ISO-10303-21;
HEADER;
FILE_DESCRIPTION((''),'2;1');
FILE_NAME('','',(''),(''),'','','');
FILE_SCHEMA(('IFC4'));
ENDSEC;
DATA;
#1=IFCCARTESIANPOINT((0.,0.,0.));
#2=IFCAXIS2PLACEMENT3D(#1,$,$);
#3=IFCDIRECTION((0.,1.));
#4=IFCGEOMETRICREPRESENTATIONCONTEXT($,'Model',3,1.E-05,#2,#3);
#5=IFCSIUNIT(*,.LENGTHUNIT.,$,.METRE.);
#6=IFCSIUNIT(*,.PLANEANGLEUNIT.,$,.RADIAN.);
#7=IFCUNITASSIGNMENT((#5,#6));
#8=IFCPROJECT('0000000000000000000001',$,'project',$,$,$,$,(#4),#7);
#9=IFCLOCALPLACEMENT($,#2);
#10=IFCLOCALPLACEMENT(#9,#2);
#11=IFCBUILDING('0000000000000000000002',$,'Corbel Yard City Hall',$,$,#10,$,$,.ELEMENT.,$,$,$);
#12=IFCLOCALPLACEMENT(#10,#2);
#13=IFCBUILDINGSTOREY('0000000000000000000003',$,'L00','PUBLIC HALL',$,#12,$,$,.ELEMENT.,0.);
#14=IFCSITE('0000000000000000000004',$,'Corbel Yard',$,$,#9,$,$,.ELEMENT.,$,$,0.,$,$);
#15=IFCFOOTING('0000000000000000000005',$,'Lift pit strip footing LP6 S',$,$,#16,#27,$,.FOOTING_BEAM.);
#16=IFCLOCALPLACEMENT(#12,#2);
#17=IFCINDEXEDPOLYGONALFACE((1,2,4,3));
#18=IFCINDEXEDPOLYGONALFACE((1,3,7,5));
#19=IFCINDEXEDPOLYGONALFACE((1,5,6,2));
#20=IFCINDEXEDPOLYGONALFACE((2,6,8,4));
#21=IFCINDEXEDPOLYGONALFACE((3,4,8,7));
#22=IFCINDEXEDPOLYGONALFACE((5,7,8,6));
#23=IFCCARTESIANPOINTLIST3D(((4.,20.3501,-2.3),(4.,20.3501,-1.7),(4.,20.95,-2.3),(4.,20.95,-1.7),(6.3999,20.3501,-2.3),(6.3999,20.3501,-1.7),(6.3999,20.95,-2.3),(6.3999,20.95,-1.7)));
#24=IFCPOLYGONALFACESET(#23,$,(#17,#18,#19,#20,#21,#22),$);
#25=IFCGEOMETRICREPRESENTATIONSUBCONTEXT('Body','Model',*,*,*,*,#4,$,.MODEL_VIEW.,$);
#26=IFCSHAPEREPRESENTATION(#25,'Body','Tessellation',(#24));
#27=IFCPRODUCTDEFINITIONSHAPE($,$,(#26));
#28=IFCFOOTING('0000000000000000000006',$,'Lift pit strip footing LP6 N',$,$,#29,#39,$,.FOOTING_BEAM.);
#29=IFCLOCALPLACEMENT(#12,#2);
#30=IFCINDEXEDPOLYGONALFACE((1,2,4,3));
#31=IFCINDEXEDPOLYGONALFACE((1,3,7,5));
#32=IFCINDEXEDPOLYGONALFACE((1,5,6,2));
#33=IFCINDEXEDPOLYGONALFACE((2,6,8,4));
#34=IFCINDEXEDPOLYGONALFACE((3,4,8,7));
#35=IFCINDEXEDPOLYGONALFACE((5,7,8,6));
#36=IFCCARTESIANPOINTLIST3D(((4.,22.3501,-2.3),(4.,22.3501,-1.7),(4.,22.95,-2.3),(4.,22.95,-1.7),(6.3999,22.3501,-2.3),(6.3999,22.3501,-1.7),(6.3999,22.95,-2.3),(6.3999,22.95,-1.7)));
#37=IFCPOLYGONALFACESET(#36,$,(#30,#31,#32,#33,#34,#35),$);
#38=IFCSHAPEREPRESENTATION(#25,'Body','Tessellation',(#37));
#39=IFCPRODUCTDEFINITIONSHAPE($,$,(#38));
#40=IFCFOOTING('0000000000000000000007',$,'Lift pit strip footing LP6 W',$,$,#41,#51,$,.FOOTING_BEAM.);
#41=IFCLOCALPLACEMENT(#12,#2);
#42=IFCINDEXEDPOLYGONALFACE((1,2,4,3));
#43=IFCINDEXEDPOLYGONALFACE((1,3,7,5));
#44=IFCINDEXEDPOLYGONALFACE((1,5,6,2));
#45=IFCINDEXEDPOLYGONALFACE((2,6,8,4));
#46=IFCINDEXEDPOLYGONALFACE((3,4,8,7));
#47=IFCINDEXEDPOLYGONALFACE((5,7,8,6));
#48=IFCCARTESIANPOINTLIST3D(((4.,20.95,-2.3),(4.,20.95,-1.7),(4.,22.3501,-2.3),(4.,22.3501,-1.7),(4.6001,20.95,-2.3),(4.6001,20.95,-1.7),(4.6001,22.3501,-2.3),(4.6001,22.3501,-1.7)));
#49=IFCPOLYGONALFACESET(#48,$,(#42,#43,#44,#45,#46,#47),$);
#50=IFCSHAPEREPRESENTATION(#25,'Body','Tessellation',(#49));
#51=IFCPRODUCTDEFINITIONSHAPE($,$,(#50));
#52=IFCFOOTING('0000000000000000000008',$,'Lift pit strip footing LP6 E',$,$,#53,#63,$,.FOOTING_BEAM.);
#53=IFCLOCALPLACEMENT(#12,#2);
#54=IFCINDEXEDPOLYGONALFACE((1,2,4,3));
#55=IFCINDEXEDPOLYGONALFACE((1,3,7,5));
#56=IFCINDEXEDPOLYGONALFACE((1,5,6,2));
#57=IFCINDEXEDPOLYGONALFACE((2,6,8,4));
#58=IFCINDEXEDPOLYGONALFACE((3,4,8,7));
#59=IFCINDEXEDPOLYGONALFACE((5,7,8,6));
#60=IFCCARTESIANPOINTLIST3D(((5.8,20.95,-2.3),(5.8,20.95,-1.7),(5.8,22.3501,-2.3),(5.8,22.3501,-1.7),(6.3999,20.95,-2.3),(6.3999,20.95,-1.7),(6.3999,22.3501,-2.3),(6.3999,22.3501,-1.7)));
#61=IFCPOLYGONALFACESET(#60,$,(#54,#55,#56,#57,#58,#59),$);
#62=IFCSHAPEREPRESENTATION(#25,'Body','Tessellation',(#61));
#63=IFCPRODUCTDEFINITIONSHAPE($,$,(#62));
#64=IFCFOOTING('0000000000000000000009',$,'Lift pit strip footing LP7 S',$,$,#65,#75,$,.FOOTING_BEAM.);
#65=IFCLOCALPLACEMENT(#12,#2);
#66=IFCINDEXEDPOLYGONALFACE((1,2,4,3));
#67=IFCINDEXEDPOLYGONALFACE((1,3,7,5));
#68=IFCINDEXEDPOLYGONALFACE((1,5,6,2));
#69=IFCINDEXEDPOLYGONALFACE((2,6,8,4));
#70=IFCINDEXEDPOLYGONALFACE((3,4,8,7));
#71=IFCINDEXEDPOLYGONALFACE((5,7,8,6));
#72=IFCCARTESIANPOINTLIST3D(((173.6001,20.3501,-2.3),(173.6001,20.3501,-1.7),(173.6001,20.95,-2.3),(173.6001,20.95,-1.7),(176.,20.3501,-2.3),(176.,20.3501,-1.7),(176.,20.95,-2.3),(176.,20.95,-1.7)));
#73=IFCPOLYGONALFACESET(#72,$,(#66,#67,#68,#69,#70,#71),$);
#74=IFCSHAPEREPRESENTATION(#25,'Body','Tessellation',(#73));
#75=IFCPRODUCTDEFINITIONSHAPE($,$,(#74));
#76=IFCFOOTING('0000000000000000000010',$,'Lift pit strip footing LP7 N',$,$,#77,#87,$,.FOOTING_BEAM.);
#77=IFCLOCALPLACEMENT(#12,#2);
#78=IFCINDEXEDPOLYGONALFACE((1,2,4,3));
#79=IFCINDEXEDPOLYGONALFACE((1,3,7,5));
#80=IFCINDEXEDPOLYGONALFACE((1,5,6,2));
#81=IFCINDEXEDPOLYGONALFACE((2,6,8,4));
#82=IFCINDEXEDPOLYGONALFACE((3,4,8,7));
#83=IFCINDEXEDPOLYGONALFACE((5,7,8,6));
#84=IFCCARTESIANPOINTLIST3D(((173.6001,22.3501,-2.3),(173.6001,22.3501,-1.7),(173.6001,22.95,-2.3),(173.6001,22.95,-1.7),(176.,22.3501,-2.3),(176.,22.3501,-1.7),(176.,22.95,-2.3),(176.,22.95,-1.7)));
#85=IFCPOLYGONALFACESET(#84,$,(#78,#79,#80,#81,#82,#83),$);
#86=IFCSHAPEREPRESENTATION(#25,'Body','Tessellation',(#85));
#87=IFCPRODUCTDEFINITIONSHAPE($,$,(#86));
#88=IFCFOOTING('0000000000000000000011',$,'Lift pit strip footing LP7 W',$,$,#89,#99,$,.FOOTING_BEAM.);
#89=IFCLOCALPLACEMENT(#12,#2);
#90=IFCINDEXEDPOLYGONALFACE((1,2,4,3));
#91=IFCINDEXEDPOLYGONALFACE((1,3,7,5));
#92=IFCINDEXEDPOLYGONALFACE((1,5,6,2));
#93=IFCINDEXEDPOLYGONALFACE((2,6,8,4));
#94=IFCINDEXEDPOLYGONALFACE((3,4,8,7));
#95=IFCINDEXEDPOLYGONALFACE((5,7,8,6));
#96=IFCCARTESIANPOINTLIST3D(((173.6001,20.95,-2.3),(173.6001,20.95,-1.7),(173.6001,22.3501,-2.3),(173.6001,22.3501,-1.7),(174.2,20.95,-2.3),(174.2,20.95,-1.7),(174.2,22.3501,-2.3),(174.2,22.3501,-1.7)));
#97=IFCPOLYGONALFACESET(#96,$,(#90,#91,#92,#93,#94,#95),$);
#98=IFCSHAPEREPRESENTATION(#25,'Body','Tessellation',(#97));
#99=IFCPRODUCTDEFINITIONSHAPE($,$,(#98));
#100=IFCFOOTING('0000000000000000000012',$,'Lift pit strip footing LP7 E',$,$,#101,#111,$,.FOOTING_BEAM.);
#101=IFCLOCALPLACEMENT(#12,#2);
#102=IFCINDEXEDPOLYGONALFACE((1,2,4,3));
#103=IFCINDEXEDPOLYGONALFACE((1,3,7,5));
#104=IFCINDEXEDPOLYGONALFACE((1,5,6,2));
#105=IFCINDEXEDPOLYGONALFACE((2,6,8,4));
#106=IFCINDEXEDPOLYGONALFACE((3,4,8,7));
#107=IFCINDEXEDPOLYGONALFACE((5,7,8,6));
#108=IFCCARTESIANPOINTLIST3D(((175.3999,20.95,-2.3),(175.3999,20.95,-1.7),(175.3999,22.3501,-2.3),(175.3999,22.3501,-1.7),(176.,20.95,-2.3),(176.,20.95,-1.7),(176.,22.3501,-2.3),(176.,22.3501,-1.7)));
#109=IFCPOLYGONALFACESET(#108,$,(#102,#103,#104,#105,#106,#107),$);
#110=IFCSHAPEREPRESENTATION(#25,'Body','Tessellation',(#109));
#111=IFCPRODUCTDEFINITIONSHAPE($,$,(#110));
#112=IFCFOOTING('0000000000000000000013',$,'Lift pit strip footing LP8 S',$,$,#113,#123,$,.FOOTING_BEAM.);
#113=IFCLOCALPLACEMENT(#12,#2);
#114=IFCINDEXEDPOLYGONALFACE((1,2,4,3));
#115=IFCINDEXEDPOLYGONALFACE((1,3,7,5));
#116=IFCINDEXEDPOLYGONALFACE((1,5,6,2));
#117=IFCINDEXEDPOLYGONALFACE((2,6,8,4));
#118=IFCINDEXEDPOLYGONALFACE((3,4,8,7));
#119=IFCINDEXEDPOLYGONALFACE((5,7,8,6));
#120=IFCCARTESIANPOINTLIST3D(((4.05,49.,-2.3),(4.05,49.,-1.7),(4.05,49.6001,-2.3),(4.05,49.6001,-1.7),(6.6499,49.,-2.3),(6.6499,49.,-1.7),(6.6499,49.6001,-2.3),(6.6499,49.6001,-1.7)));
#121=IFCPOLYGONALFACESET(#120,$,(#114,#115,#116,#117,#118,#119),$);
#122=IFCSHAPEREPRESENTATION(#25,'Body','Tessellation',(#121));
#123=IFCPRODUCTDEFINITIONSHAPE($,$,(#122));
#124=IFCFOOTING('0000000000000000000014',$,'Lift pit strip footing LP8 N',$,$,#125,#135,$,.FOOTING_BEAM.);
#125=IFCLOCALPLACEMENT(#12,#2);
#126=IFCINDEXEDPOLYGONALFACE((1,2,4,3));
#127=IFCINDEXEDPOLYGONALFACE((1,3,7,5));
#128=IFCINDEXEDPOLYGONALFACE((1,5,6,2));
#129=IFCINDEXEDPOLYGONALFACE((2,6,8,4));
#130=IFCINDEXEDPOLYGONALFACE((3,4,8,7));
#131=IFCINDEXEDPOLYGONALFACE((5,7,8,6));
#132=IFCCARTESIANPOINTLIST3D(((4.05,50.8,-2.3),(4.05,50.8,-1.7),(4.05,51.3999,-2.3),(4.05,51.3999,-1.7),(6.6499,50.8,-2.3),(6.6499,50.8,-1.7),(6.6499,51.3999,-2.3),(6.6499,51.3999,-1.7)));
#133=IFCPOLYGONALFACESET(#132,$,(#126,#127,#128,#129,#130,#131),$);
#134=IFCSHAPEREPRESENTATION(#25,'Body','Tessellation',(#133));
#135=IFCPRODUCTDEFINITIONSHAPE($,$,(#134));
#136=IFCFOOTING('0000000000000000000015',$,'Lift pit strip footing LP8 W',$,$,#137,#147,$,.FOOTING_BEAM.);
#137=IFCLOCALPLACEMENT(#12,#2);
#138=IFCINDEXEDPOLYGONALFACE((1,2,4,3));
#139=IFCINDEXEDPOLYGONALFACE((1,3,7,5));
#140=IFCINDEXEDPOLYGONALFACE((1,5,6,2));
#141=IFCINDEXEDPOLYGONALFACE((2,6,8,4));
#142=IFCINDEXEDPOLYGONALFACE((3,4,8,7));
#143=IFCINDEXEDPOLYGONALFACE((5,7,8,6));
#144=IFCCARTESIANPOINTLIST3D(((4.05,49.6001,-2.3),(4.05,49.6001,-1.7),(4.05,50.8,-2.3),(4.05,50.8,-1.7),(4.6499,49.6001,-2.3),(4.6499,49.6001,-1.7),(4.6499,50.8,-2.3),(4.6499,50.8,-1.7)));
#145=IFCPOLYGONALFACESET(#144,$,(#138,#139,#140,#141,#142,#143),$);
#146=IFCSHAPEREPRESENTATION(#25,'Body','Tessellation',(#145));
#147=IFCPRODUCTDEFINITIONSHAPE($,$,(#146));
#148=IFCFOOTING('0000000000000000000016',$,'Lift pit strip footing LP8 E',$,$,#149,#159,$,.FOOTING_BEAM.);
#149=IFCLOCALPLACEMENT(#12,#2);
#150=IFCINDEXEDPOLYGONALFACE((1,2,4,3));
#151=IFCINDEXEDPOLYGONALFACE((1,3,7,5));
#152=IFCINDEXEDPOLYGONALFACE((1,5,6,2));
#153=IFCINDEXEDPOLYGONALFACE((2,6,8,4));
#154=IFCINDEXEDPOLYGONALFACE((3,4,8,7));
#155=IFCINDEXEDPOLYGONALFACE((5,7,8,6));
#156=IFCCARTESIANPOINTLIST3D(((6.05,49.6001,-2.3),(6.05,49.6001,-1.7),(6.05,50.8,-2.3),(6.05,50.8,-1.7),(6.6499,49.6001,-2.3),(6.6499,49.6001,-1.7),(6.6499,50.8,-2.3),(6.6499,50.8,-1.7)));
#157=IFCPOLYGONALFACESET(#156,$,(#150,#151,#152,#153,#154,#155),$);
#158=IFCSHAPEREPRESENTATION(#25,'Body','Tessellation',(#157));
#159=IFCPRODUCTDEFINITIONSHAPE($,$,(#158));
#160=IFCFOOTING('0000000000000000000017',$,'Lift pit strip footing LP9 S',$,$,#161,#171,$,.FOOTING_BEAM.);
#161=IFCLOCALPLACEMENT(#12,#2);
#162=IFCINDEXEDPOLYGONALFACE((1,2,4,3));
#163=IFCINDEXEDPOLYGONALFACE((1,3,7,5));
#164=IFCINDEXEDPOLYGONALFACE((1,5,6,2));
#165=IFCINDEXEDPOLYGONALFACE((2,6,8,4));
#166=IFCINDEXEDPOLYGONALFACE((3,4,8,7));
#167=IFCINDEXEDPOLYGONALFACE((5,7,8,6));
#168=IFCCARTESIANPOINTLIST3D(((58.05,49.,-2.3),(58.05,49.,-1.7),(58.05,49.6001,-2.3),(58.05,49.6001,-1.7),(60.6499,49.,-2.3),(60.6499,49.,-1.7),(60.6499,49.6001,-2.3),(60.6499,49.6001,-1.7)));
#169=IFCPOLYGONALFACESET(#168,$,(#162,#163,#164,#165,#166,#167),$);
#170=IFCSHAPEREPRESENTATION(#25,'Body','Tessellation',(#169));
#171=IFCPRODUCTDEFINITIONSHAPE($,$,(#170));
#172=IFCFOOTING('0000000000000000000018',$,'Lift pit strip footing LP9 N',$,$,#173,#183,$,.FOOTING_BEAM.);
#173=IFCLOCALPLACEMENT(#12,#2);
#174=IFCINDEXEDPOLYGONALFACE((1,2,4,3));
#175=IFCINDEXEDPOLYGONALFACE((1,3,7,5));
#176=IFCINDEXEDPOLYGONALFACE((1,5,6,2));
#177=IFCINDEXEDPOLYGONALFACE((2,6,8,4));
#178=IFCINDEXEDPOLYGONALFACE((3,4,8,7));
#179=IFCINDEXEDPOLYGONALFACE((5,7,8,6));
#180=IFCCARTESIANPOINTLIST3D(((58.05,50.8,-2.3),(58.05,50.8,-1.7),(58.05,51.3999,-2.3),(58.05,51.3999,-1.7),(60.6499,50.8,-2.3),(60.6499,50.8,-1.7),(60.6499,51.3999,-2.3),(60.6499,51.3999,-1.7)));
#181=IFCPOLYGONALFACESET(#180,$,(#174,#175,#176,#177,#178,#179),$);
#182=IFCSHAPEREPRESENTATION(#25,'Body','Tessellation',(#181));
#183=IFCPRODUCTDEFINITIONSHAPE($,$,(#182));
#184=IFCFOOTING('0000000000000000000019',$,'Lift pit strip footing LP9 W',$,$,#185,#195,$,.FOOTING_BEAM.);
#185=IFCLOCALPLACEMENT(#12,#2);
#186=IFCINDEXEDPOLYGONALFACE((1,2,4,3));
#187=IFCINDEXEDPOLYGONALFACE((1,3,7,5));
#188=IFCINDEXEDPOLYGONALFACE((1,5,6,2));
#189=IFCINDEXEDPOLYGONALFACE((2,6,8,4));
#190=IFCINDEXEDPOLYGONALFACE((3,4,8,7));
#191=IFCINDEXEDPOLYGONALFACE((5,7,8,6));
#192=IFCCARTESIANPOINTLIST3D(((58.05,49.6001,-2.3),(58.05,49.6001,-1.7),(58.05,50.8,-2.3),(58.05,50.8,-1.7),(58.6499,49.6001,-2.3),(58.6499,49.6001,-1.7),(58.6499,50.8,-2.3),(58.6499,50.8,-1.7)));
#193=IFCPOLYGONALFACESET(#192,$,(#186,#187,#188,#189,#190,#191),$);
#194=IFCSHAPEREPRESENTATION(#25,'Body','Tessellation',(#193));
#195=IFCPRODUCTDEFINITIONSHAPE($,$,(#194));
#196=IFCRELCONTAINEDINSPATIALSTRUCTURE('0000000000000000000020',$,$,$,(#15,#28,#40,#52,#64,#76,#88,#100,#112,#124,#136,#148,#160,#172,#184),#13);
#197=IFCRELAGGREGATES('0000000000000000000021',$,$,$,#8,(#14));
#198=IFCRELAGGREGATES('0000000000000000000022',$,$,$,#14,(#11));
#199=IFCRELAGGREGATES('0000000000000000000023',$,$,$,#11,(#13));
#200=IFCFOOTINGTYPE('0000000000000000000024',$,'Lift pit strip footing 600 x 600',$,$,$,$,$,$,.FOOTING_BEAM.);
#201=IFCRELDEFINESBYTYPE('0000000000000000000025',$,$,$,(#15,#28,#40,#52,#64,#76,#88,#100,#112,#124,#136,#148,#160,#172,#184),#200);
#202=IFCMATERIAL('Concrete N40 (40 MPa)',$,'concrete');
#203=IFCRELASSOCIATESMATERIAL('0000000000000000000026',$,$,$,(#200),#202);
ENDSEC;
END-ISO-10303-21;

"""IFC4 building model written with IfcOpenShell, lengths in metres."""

from ifc_helpers import new_model, si_unit, direction, frame, origin, place, context, subcontext, project, spatial, polyline, outline, extrude, material, type_object, element, save


model = new_model("IFC4")

# Units and contexts
model_context = context("Model", 3, precision=1e-05, world=origin(), true_north=direction((0.0, 1.0)))
body_context = subcontext(model_context, "Body", "Model", "MODEL_VIEW")
ifc_project = project(units=[si_unit("LENGTHUNIT", "METRE"), si_unit("PLANEANGLEUNIT", "RADIAN")], contexts=[model_context])

# Site, building, storey
site_placement = place(None, origin())
site = spatial("IfcSite", under=ifc_project, at=site_placement, Name="Corbel Yard", CompositionType="ELEMENT", RefElevation=0.0)
building_placement = place(site_placement, origin())
building = spatial("IfcBuilding", under=site, at=building_placement, Name="Corbel Yard City Hall", CompositionType="ELEMENT")
storey_placement = place(building_placement, origin())
storey = spatial("IfcBuildingStorey", under=building, at=storey_placement, Name="L00", Description="PUBLIC HALL", CompositionType="ELEMENT", Elevation=0.0)

# Footings
ifc_material = material(Name="Concrete N40 (40 MPa)", Category="concrete")
footing_type = type_object("IfcFootingType", Name="Lift pit strip footing 600 x 600", PredefinedType="FOOTING_BEAM", material=ifc_material)
footing_1_placement = place(storey_placement, frame((0.0, 0.0, -2.3)))
element("IfcFooting", 1, at=footing_1_placement, inside=storey, type_object=footing_type, Name="Lift pit strip footing LP6 S", PredefinedType="FOOTING_BEAM", context=body_context, shape_type="SweptSolid", body=[
    extrude(outline(polyline([(6.3999, 20.3501), (6.3999, 20.95), (4.0, 20.95), (4.0, 20.3501), (6.3999, 20.3501)])), origin(), (0.0, 0.0, 1.0), 0.6001),
])
footing_2_placement = place(storey_placement, frame((0.0, 0.0, -2.3)))
element("IfcFooting", 2, at=footing_2_placement, inside=storey, type_object=footing_type, Name="Lift pit strip footing LP6 N", PredefinedType="FOOTING_BEAM", context=body_context, shape_type="SweptSolid", body=[
    extrude(outline(polyline([(6.3999, 22.3501), (6.3999, 22.95), (4.0, 22.95), (4.0, 22.3501), (6.3999, 22.3501)])), origin(), (0.0, 0.0, 1.0), 0.6001),
])
footing_3_placement = place(storey_placement, frame((0.0, 0.0, -2.3)))
element("IfcFooting", 3, at=footing_3_placement, inside=storey, type_object=footing_type, Name="Lift pit strip footing LP6 W", PredefinedType="FOOTING_BEAM", context=body_context, shape_type="SweptSolid", body=[
    extrude(outline(polyline([(4.6001, 20.95), (4.6001, 22.3501), (4.0, 22.3501), (4.0, 20.95), (4.6001, 20.95)])), origin(), (0.0, 0.0, 1.0), 0.6001),
])
footing_4_placement = place(storey_placement, frame((0.0, 0.0, -2.3)))
element("IfcFooting", 4, at=footing_4_placement, inside=storey, type_object=footing_type, Name="Lift pit strip footing LP6 E", PredefinedType="FOOTING_BEAM", context=body_context, shape_type="SweptSolid", body=[
    extrude(outline(polyline([(6.3999, 20.95), (6.3999, 22.3501), (5.8, 22.3501), (5.8, 20.95), (6.3999, 20.95)])), origin(), (0.0, 0.0, 1.0), 0.6001),
])
footing_5_placement = place(storey_placement, frame((0.0, 0.0, -2.3)))
element("IfcFooting", 5, at=footing_5_placement, inside=storey, type_object=footing_type, Name="Lift pit strip footing LP7 S", PredefinedType="FOOTING_BEAM", context=body_context, shape_type="SweptSolid", body=[
    extrude(outline(polyline([(176.0, 20.3501), (176.0, 20.95), (173.6001, 20.95), (173.6001, 20.3501), (176.0, 20.3501)])), origin(), (0.0, 0.0, 1.0), 0.6001),
])
footing_6_placement = place(storey_placement, frame((0.0, 0.0, -2.3)))
element("IfcFooting", 6, at=footing_6_placement, inside=storey, type_object=footing_type, Name="Lift pit strip footing LP7 N", PredefinedType="FOOTING_BEAM", context=body_context, shape_type="SweptSolid", body=[
    extrude(outline(polyline([(176.0, 22.3501), (176.0, 22.95), (173.6001, 22.95), (173.6001, 22.3501), (176.0, 22.3501)])), origin(), (0.0, 0.0, 1.0), 0.6001),
])
footing_7_placement = place(storey_placement, frame((0.0, 0.0, -2.3)))
element("IfcFooting", 7, at=footing_7_placement, inside=storey, type_object=footing_type, Name="Lift pit strip footing LP7 W", PredefinedType="FOOTING_BEAM", context=body_context, shape_type="SweptSolid", body=[
    extrude(outline(polyline([(174.2, 20.95), (174.2, 22.3501), (173.6001, 22.3501), (173.6001, 20.95), (174.2, 20.95)])), origin(), (0.0, 0.0, 1.0), 0.6001),
])
footing_8_placement = place(storey_placement, frame((0.0, 0.0, -2.3)))
element("IfcFooting", 8, at=footing_8_placement, inside=storey, type_object=footing_type, Name="Lift pit strip footing LP7 E", PredefinedType="FOOTING_BEAM", context=body_context, shape_type="SweptSolid", body=[
    extrude(outline(polyline([(176.0, 20.95), (176.0, 22.3501), (175.3999, 22.3501), (175.3999, 20.95), (176.0, 20.95)])), origin(), (0.0, 0.0, 1.0), 0.6001),
])
footing_9_placement = place(storey_placement, frame((0.0, 0.0, -2.3)))
element("IfcFooting", 9, at=footing_9_placement, inside=storey, type_object=footing_type, Name="Lift pit strip footing LP8 S", PredefinedType="FOOTING_BEAM", context=body_context, shape_type="SweptSolid", body=[
    extrude(outline(polyline([(6.6499, 49.0), (6.6499, 49.6001), (4.05, 49.6001), (4.05, 49.0), (6.6499, 49.0)])), origin(), (0.0, 0.0, 1.0), 0.6001),
])
footing_10_placement = place(storey_placement, frame((0.0, 0.0, -2.3)))
element("IfcFooting", 10, at=footing_10_placement, inside=storey, type_object=footing_type, Name="Lift pit strip footing LP8 N", PredefinedType="FOOTING_BEAM", context=body_context, shape_type="SweptSolid", body=[
    extrude(outline(polyline([(6.6499, 50.8), (6.6499, 51.3999), (4.05, 51.3999), (4.05, 50.8), (6.6499, 50.8)])), origin(), (0.0, 0.0, 1.0), 0.6001),
])
footing_11_placement = place(storey_placement, frame((0.0, 0.0, -2.3)))
element("IfcFooting", 11, at=footing_11_placement, inside=storey, type_object=footing_type, Name="Lift pit strip footing LP8 W", PredefinedType="FOOTING_BEAM", context=body_context, shape_type="SweptSolid", body=[
    extrude(outline(polyline([(4.6499, 49.6001), (4.6499, 50.8), (4.05, 50.8), (4.05, 49.6001), (4.6499, 49.6001)])), origin(), (0.0, 0.0, 1.0), 0.6001),
])
footing_12_placement = place(storey_placement, frame((0.0, 0.0, -2.3)))
element("IfcFooting", 12, at=footing_12_placement, inside=storey, type_object=footing_type, Name="Lift pit strip footing LP8 E", PredefinedType="FOOTING_BEAM", context=body_context, shape_type="SweptSolid", body=[
    extrude(outline(polyline([(6.6499, 49.6001), (6.6499, 50.8), (6.05, 50.8), (6.05, 49.6001), (6.6499, 49.6001)])), origin(), (0.0, 0.0, 1.0), 0.6001),
])
footing_13_placement = place(storey_placement, frame((0.0, 0.0, -2.3)))
element("IfcFooting", 13, at=footing_13_placement, inside=storey, type_object=footing_type, Name="Lift pit strip footing LP9 S", PredefinedType="FOOTING_BEAM", context=body_context, shape_type="SweptSolid", body=[
    extrude(outline(polyline([(60.6499, 49.0), (60.6499, 49.6001), (58.05, 49.6001), (58.05, 49.0), (60.6499, 49.0)])), origin(), (0.0, 0.0, 1.0), 0.6001),
])
footing_14_placement = place(storey_placement, frame((0.0, 0.0, -2.3)))
element("IfcFooting", 14, at=footing_14_placement, inside=storey, type_object=footing_type, Name="Lift pit strip footing LP9 N", PredefinedType="FOOTING_BEAM", context=body_context, shape_type="SweptSolid", body=[
    extrude(outline(polyline([(60.6499, 50.8), (60.6499, 51.3999), (58.05, 51.3999), (58.05, 50.8), (60.6499, 50.8)])), origin(), (0.0, 0.0, 1.0), 0.6001),
])
footing_15_placement = place(storey_placement, frame((0.0, 0.0, -2.3)))
element("IfcFooting", 15, at=footing_15_placement, inside=storey, type_object=footing_type, Name="Lift pit strip footing LP9 W", PredefinedType="FOOTING_BEAM", context=body_context, shape_type="SweptSolid", body=[
    extrude(outline(polyline([(58.6499, 49.6001), (58.6499, 50.8), (58.05, 50.8), (58.05, 49.6001), (58.6499, 49.6001)])), origin(), (0.0, 0.0, 1.0), 0.6001),
])

save(model, "model.ifc")
